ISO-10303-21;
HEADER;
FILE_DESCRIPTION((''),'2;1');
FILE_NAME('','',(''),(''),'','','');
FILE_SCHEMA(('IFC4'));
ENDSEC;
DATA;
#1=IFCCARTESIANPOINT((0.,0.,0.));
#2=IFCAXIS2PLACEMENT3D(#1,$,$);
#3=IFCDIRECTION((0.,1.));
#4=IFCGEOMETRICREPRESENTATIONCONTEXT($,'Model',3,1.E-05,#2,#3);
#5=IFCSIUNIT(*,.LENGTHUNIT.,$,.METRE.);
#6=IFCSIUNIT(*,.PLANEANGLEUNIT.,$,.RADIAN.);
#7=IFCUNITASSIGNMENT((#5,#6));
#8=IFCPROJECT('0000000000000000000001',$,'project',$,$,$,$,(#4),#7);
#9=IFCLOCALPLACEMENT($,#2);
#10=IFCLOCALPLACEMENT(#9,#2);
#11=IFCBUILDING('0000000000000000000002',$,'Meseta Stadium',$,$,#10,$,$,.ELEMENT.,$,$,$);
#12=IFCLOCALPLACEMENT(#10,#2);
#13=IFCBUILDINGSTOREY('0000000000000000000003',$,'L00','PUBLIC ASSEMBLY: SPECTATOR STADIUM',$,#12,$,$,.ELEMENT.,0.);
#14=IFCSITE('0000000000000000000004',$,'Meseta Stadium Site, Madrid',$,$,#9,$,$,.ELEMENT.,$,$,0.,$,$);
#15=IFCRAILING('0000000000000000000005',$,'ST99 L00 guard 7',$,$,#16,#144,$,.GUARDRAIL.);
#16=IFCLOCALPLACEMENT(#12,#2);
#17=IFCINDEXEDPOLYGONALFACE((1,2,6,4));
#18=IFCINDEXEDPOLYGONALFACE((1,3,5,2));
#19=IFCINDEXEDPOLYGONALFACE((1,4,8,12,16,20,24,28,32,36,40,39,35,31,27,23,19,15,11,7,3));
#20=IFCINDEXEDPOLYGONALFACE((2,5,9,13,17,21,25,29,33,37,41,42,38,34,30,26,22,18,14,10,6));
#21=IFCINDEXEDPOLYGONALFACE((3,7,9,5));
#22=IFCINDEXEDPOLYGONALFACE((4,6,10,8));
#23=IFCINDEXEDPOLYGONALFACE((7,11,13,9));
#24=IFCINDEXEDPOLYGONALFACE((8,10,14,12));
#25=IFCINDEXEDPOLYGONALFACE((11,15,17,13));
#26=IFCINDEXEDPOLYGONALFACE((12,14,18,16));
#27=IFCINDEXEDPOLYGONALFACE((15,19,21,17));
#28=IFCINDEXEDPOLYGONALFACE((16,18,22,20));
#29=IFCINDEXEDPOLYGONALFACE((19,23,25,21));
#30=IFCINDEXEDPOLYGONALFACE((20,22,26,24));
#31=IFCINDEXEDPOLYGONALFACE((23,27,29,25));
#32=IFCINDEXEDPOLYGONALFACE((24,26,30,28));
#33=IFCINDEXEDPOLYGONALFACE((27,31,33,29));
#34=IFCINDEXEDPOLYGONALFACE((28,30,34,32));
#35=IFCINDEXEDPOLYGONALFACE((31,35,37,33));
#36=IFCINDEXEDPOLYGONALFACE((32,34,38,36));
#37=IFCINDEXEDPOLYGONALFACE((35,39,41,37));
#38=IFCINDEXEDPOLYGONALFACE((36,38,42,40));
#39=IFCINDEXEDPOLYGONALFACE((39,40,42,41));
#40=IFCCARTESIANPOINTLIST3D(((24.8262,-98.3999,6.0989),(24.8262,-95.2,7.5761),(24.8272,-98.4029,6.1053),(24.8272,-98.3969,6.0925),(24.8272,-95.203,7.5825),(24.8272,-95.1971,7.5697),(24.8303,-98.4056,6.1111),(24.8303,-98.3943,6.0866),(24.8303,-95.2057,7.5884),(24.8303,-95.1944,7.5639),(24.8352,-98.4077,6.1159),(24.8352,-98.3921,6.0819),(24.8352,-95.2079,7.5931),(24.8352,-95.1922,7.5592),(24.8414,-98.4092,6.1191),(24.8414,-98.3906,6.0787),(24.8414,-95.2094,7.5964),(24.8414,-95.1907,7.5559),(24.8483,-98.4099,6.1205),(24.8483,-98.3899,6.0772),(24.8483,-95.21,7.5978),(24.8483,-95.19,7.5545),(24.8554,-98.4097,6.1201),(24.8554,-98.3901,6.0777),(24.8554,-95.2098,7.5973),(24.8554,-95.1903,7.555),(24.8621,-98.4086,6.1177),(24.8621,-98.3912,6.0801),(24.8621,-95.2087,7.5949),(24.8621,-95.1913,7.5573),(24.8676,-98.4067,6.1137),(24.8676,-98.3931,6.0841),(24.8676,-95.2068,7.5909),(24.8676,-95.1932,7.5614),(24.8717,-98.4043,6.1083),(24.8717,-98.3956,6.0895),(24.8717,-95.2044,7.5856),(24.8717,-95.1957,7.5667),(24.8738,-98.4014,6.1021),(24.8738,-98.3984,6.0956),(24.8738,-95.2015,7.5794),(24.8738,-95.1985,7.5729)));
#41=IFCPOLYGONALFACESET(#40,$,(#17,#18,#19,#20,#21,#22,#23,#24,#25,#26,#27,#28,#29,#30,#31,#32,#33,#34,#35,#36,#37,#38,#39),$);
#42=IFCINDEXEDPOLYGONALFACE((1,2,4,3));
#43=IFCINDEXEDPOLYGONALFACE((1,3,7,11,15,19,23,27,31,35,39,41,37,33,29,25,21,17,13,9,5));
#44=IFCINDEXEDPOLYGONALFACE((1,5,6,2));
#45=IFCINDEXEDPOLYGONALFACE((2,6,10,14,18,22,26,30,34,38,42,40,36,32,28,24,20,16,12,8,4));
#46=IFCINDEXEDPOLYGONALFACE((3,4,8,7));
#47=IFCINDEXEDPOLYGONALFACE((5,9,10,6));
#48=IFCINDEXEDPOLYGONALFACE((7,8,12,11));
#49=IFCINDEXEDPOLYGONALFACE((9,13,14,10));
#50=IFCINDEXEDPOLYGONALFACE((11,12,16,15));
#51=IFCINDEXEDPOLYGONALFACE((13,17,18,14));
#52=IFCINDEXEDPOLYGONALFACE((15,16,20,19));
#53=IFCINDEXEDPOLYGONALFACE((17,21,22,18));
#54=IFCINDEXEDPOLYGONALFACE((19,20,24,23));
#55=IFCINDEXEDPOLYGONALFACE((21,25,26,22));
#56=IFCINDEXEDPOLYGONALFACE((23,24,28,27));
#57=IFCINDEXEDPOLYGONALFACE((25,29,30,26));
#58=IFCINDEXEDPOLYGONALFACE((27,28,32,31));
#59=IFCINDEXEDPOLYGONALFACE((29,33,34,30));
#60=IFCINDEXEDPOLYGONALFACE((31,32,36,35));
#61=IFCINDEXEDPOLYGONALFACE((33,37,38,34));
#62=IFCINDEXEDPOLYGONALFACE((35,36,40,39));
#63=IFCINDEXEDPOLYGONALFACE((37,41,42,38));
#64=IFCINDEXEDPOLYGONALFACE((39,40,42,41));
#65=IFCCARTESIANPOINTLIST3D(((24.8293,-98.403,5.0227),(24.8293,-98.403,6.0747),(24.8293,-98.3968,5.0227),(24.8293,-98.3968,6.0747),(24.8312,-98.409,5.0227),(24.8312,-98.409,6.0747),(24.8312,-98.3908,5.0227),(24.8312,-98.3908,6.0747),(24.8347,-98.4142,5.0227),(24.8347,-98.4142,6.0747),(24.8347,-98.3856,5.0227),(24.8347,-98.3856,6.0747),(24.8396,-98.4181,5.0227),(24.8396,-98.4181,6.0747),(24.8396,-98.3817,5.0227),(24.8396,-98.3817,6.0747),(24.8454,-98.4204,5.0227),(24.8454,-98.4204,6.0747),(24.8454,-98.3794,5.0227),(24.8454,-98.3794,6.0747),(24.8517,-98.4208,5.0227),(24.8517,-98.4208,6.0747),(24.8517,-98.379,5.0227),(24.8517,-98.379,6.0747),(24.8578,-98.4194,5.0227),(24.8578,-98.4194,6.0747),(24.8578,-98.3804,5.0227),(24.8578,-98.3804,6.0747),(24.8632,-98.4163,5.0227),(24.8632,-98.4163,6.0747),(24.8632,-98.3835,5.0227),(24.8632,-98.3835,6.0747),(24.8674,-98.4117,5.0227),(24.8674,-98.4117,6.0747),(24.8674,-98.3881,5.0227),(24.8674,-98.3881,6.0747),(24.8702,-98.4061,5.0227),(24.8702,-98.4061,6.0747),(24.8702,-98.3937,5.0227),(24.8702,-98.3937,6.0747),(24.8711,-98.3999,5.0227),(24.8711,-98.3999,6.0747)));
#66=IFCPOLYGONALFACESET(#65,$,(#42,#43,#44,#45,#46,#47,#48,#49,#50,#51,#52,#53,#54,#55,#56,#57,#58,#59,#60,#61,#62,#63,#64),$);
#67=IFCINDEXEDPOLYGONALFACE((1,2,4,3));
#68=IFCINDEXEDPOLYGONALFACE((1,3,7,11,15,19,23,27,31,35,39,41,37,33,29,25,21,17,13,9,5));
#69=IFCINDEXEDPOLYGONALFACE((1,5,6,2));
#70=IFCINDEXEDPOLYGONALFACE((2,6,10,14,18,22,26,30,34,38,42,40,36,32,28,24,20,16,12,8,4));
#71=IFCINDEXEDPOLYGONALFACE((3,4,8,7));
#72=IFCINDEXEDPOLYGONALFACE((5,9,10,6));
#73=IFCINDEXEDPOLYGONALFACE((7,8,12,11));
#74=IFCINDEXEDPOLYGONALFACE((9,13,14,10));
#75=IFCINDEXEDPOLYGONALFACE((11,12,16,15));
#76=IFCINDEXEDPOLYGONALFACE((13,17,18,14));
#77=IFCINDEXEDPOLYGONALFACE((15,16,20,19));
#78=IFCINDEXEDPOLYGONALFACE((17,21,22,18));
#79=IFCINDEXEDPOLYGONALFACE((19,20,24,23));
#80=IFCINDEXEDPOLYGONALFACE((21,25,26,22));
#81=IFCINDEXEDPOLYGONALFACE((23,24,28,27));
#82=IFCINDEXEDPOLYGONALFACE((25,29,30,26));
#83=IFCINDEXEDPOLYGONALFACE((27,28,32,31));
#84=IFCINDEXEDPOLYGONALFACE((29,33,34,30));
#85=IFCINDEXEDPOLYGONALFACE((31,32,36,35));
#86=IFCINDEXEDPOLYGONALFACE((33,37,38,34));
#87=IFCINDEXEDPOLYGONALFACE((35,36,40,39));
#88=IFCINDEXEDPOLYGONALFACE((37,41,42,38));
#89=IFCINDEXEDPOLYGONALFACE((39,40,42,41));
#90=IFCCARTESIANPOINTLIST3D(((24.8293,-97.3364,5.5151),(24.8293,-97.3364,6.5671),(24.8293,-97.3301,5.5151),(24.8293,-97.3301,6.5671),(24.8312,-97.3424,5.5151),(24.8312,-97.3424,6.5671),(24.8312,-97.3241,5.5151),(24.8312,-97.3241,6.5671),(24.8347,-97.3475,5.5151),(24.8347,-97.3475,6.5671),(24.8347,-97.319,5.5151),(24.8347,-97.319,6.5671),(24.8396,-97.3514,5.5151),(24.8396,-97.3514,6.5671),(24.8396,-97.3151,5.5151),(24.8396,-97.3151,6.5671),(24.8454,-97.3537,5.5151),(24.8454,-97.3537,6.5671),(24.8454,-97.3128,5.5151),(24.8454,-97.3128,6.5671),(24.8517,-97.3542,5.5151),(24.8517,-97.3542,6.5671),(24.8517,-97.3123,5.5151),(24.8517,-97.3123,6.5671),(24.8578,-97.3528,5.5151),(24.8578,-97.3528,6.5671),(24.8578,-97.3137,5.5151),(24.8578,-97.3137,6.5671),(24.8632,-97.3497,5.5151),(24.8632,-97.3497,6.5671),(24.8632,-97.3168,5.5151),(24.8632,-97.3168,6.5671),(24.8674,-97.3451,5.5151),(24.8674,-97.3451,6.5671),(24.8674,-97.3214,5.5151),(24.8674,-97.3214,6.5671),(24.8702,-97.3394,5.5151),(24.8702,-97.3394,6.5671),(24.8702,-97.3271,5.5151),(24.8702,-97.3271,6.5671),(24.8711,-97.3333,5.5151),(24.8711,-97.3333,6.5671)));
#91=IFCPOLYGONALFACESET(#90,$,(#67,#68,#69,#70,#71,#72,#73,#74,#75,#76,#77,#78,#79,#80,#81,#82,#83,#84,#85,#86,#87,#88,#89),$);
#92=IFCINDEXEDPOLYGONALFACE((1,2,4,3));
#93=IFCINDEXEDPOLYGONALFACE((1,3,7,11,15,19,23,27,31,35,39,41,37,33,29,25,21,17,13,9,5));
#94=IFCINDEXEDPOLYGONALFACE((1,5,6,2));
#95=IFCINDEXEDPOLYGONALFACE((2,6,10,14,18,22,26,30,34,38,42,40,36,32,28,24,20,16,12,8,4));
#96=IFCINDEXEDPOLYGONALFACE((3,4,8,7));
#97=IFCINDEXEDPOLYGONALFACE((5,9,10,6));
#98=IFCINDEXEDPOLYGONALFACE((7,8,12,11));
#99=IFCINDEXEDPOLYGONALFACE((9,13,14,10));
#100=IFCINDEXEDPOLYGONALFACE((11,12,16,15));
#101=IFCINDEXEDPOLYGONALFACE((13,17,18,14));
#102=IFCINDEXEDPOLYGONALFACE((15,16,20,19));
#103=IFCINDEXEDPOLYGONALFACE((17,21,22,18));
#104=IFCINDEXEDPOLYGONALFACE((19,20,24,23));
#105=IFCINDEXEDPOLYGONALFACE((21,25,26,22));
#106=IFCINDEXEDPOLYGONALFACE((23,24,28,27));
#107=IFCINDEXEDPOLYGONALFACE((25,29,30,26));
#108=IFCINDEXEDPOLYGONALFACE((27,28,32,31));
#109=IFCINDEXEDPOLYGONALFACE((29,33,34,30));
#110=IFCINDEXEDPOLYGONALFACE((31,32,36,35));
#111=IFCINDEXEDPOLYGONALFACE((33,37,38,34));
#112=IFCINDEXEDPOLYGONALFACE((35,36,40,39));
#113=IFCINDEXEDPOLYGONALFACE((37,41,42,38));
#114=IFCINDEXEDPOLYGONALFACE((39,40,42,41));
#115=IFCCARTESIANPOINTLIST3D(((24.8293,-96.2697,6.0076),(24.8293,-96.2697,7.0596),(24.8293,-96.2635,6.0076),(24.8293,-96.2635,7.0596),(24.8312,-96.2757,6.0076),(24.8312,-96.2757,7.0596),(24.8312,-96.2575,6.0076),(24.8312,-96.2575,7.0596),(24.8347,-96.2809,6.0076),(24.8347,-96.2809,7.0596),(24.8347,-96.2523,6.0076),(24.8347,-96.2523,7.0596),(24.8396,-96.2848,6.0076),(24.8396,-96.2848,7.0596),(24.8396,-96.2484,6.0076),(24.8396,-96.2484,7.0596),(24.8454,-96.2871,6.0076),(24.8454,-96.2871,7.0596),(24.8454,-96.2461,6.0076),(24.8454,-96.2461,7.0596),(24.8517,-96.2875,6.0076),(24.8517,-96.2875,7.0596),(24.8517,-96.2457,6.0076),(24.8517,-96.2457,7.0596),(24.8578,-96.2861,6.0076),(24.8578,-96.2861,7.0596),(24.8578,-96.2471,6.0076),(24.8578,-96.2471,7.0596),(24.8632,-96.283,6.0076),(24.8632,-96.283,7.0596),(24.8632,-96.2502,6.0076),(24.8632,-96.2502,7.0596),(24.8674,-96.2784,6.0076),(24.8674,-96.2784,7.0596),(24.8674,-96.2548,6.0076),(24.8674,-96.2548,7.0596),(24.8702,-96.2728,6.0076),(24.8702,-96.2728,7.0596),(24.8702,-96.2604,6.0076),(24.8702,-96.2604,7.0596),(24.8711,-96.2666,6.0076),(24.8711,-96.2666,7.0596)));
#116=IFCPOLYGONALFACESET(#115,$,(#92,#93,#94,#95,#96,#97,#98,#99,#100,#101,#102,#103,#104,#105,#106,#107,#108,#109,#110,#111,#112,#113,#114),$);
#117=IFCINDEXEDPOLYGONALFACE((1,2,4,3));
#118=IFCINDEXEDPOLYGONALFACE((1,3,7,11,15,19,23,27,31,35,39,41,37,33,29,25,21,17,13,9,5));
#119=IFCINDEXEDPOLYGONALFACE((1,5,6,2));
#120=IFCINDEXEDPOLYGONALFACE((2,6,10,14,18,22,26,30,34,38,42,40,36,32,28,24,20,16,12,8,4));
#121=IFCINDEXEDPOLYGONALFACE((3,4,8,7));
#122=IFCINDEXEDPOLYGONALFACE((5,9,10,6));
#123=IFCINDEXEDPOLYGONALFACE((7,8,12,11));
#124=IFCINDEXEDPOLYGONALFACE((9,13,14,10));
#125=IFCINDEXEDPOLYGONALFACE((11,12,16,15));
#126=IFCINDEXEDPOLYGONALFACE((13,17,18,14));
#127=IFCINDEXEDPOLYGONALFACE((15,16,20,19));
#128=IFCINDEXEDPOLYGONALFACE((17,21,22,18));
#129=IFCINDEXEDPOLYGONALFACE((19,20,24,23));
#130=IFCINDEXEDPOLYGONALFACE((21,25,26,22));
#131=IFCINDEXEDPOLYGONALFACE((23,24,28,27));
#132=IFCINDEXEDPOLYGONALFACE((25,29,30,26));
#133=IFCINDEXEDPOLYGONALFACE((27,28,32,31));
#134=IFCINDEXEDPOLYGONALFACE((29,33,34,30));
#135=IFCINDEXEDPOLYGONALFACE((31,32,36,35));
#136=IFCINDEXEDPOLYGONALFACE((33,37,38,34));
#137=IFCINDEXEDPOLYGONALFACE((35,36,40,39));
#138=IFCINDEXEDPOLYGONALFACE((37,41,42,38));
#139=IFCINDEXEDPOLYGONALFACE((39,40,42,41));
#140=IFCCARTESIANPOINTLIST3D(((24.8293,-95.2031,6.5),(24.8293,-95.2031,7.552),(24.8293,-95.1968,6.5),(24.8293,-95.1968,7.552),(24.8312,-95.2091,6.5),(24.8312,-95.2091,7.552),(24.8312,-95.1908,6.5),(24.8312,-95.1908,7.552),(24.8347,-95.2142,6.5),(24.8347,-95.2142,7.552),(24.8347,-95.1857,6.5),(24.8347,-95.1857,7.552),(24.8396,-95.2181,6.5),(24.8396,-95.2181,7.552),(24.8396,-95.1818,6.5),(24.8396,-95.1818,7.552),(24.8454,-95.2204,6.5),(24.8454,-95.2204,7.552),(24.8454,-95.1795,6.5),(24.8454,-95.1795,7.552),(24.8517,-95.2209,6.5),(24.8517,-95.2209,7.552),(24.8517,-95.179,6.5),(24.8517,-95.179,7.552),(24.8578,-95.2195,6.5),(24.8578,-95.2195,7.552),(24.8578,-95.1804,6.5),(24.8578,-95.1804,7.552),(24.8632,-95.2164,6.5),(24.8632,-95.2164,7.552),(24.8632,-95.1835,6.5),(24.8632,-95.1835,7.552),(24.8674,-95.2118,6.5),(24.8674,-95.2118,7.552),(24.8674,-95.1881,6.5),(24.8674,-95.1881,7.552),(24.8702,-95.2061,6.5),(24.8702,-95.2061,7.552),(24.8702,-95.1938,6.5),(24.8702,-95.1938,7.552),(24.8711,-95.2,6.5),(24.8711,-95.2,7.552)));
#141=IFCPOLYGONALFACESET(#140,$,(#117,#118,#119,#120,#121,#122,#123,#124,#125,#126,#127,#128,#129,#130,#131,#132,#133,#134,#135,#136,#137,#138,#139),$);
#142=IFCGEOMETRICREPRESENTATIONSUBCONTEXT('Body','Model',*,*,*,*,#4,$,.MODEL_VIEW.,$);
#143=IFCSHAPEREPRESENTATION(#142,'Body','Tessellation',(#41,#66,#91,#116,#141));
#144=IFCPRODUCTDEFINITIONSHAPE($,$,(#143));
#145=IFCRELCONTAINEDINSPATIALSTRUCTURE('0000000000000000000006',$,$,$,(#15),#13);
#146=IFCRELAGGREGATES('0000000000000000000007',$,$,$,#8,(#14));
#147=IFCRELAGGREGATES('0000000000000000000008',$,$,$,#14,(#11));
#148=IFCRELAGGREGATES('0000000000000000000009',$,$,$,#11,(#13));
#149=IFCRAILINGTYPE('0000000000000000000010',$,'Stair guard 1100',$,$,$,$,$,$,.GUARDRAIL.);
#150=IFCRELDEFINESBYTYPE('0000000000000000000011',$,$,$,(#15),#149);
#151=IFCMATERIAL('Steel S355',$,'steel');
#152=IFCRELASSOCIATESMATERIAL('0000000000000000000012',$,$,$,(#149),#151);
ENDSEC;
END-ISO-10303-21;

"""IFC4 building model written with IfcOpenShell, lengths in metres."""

from ifc_helpers import new_model, si_unit, direction, frame, origin, origin_2d, place, context, subcontext, project, spatial, circle, extrude, material, type_object, element, save


model = new_model("IFC4")

# Units and contexts
model_context = context("Model", 3, precision=1e-05, world=origin(), true_north=direction((0.0, 1.0)))
body_context = subcontext(model_context, "Body", "Model", "MODEL_VIEW")
ifc_project = project(units=[si_unit("LENGTHUNIT", "METRE"), si_unit("PLANEANGLEUNIT", "RADIAN")], contexts=[model_context])

# Site, building, storey
site_placement = place(None, origin())
site = spatial("IfcSite", under=ifc_project, at=site_placement, Name="Meseta Stadium Site, Madrid", CompositionType="ELEMENT", RefElevation=0.0)
building_placement = place(site_placement, origin())
building = spatial("IfcBuilding", under=site, at=building_placement, Name="Meseta Stadium", CompositionType="ELEMENT")
storey_placement = place(building_placement, origin())
storey = spatial("IfcBuildingStorey", under=building, at=storey_placement, Name="L00", Description="PUBLIC ASSEMBLY: SPECTATOR STADIUM", CompositionType="ELEMENT", Elevation=0.0)

# Railing
ifc_material_1 = material(Name="Steel S355", Category="steel")
railing_type_1 = type_object("IfcRailingType", Name="Stair guard 1100", PredefinedType="GUARDRAIL", material=ifc_material_1)
railing_1_placement = place(storey_placement, frame((24.8501, -98.3999, 5.0227)))
element("IfcRailing", 1, at=railing_1_placement, inside=storey, type_object=railing_type_1, Name="ST99 L00 guard 7", PredefinedType="GUARDRAIL", context=body_context, shape_type="SweptSolid", body=[
    extrude(circle(Radius=0.0239, at=origin_2d()), frame((0.0, 0.0, 1.0762), z_axis=(0.0, 0.907917, 0.41915), x_axis=(-1.0, 0.0, 0.0)), (0.0, 0.0, 1.0), 3.5244),
    extrude(circle(Radius=0.021, at=origin_2d()), origin(), (0.0, 0.0, 1.0), 1.052),
    extrude(circle(Radius=0.021, at=origin_2d()), frame((0.0, 1.0667, 0.4924)), (0.0, 0.0, 1.0), 1.052),
    extrude(circle(Radius=0.021, at=origin_2d()), frame((0.0, 2.1333, 0.9849)), (0.0, 0.0, 1.0), 1.052),
    extrude(circle(Radius=0.021, at=origin_2d()), frame((0.0, 3.2, 1.4773)), (0.0, 0.0, 1.0), 1.052),
])

save(model, "model.ifc")
